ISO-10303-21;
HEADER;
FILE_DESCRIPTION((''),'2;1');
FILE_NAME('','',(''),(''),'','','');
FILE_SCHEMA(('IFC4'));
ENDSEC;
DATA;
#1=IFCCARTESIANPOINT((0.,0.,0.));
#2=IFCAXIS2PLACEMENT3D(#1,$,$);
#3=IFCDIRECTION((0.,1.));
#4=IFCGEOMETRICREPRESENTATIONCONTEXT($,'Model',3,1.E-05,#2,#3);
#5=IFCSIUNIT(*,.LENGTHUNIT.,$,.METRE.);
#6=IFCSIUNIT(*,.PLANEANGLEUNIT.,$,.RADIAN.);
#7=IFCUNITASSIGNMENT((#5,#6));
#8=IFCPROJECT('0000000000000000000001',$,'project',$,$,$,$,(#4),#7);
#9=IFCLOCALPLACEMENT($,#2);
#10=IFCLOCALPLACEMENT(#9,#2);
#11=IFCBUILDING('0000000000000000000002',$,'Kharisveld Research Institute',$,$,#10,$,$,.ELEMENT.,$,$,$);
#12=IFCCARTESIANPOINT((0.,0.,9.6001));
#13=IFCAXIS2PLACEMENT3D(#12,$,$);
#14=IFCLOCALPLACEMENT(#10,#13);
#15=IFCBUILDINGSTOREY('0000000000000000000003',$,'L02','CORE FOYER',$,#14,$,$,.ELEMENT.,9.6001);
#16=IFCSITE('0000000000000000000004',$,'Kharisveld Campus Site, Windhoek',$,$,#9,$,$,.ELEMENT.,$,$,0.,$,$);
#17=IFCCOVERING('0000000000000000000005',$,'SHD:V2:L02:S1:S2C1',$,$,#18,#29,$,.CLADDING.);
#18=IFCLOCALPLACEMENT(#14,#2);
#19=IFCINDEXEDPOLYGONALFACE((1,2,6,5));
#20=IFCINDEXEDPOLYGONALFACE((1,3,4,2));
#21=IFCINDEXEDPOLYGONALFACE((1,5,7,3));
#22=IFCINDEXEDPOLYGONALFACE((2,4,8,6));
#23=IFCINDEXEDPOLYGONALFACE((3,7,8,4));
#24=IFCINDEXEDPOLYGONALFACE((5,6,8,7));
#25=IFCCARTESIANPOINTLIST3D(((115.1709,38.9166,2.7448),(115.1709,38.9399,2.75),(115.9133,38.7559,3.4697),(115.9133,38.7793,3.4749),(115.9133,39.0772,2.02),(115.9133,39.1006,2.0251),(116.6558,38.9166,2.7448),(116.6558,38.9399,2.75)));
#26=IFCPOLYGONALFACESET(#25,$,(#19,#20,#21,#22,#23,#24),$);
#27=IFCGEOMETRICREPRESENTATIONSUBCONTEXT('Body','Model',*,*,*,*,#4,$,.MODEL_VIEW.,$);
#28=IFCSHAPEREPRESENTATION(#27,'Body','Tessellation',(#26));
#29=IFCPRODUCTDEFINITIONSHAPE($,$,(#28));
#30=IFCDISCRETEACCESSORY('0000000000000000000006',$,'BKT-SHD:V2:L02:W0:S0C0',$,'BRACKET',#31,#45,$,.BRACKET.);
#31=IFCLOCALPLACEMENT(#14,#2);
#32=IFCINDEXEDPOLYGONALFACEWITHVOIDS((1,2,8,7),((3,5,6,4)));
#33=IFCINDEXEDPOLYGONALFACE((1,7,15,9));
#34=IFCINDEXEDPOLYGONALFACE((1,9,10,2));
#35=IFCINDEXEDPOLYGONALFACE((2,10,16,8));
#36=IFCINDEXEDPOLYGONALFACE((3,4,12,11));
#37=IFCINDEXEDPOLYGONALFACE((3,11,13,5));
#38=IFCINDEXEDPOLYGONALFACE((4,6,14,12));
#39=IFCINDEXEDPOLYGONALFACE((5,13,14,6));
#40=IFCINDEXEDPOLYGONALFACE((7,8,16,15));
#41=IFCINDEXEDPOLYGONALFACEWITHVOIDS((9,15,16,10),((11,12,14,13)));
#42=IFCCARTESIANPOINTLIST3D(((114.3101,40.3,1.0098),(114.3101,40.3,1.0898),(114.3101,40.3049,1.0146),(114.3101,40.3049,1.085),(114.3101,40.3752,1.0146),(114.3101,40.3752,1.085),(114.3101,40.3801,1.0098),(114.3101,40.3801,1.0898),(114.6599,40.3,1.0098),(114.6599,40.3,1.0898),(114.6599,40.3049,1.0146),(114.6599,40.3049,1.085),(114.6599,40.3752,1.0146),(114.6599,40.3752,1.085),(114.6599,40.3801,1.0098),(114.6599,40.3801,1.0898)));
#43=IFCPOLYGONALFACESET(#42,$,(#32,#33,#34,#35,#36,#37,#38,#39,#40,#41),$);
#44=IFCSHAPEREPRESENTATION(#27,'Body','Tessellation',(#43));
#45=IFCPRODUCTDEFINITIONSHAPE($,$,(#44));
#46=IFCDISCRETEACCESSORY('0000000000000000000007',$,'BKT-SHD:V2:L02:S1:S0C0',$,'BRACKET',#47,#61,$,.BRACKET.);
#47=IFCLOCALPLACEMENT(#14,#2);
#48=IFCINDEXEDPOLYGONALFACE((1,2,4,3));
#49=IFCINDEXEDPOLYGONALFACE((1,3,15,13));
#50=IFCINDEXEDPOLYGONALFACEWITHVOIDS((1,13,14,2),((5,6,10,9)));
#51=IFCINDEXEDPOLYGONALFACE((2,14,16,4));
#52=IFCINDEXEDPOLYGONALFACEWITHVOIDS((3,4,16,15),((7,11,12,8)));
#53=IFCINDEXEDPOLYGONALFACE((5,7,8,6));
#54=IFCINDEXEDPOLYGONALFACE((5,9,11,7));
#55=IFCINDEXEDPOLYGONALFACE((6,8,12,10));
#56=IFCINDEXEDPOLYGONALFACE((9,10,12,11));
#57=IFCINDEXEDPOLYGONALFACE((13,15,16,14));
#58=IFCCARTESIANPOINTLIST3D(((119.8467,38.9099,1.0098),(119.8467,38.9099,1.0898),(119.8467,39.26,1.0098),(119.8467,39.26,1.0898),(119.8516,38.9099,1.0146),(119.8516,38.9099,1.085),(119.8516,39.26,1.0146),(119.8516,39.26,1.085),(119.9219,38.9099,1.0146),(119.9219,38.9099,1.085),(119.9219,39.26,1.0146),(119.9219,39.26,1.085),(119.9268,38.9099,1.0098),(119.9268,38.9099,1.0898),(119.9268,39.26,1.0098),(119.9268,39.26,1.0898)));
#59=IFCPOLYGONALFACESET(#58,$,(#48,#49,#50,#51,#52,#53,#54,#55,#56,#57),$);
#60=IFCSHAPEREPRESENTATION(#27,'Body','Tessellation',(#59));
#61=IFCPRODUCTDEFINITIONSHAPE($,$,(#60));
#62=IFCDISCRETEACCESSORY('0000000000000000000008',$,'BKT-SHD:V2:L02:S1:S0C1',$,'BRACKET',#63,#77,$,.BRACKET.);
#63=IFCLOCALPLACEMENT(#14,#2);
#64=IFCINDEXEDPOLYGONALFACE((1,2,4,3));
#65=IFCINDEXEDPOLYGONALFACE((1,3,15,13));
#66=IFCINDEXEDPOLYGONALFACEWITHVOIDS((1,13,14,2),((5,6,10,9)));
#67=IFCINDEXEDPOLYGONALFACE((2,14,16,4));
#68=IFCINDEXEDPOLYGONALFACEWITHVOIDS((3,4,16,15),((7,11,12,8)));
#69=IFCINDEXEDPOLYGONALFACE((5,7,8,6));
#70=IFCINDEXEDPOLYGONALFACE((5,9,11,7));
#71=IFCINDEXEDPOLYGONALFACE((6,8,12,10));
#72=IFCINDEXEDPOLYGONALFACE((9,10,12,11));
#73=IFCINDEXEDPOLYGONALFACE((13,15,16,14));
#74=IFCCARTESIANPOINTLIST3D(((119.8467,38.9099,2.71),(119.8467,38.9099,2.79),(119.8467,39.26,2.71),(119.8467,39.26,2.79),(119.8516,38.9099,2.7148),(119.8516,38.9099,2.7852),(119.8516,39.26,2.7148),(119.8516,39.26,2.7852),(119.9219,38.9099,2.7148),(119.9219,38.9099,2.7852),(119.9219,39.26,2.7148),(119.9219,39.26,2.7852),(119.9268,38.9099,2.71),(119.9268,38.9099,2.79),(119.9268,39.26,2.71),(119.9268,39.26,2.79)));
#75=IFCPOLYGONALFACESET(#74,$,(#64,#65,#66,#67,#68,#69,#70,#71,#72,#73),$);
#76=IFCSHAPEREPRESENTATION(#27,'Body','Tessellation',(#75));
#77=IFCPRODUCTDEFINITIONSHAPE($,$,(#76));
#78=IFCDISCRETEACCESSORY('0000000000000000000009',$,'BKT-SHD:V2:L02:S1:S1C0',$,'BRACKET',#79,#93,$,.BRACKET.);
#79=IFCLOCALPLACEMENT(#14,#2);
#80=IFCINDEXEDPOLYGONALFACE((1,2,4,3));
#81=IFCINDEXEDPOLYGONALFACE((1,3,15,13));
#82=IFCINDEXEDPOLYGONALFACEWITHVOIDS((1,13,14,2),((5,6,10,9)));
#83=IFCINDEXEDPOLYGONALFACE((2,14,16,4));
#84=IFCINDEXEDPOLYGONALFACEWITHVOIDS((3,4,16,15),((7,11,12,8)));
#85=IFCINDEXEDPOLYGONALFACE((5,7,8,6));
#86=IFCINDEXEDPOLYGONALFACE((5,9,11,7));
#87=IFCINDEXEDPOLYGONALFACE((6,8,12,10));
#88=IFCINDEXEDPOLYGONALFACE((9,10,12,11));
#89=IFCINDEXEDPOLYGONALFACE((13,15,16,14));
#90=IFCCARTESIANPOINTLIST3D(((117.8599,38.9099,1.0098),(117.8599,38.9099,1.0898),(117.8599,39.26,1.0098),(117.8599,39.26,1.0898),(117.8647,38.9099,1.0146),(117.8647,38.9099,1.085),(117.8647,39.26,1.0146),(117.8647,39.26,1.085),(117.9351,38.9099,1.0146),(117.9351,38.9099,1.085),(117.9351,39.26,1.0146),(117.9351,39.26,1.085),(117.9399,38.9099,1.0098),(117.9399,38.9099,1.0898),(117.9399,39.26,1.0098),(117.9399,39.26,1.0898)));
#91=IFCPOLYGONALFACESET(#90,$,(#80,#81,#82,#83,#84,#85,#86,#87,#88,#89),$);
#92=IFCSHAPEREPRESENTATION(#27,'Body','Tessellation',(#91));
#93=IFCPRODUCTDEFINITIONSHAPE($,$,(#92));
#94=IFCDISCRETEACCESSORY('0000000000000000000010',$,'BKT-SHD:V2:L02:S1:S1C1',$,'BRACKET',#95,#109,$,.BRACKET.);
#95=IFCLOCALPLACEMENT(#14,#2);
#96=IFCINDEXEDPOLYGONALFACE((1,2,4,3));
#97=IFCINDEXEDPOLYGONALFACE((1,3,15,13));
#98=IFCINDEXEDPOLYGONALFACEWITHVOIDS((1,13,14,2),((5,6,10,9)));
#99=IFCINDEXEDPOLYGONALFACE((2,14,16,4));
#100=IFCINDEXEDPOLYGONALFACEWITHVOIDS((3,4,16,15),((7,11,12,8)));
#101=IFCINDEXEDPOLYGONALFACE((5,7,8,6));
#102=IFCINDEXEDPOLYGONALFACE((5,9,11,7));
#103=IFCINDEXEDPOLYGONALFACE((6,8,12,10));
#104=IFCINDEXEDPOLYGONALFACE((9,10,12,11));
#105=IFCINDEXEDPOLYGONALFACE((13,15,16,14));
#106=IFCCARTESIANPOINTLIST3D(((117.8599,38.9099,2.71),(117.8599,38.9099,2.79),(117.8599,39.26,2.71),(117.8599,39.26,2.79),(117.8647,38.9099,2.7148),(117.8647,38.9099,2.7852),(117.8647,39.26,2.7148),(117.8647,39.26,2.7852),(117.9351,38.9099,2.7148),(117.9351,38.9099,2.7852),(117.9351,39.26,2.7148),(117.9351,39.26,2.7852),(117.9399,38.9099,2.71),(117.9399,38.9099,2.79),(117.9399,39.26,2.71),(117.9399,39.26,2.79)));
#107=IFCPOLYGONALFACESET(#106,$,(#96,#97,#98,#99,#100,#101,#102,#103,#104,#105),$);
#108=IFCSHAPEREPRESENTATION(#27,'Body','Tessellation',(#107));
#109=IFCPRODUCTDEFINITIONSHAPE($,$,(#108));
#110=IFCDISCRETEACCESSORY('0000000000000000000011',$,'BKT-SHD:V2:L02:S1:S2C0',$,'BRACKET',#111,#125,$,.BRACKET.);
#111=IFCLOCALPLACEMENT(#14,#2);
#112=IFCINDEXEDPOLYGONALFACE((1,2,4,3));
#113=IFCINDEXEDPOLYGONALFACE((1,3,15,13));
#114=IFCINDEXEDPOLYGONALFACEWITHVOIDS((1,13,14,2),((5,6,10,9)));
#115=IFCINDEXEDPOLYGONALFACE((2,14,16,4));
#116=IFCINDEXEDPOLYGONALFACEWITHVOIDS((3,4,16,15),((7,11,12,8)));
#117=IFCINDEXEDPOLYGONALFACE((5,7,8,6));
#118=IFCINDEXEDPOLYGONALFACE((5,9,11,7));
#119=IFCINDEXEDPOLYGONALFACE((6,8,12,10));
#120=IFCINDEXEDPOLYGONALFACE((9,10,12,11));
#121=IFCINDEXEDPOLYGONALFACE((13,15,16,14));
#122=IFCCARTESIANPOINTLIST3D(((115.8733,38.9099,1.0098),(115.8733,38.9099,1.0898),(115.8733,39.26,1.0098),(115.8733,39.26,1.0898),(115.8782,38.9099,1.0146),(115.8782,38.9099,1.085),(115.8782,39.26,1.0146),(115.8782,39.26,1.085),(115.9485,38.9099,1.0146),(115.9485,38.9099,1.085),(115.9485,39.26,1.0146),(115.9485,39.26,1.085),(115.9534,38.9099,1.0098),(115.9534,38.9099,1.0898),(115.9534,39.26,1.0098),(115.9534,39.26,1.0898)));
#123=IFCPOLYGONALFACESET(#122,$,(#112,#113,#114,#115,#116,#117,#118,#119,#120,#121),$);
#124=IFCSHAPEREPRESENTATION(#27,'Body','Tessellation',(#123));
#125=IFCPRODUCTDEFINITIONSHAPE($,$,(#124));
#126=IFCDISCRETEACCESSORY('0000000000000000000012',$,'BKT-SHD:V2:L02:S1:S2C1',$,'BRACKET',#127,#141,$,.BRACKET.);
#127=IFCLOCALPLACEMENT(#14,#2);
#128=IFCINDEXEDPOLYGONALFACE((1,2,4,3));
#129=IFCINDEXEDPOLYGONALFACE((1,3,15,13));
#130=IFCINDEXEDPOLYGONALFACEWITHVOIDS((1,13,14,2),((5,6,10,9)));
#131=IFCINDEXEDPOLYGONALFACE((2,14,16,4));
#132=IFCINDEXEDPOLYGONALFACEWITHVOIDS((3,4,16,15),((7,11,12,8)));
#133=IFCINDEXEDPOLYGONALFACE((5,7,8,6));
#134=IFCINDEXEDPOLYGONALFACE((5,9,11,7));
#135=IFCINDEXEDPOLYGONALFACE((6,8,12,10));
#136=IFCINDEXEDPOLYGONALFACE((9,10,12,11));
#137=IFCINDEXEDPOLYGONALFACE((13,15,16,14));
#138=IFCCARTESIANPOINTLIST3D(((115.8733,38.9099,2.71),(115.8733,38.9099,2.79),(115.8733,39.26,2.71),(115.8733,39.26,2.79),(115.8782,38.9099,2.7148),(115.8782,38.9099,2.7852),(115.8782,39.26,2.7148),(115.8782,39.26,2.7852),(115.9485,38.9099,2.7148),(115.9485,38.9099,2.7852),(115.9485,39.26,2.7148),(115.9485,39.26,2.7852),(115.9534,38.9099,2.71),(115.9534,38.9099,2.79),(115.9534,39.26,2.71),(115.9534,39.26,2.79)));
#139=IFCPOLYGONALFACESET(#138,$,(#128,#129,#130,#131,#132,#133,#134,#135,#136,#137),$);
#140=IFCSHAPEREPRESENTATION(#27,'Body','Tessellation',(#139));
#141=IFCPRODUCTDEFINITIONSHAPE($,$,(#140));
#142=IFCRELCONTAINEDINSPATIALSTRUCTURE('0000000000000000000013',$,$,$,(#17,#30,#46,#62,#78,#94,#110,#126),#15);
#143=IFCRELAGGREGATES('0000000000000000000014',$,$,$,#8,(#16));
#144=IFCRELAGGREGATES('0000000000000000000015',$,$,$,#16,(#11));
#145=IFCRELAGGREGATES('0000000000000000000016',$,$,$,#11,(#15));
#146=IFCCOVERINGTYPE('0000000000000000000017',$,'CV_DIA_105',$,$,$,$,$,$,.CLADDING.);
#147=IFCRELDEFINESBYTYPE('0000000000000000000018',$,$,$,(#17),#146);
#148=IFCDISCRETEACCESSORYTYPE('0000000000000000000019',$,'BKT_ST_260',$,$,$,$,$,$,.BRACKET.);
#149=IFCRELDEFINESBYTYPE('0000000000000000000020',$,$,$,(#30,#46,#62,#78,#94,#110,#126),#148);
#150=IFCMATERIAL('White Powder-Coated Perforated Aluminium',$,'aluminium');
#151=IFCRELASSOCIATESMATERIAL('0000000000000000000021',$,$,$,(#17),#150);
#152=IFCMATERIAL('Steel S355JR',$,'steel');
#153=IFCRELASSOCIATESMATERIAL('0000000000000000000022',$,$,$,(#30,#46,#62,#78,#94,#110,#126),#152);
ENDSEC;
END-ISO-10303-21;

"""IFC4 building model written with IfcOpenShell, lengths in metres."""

from ifc_helpers import new_model, si_unit, direction, frame, origin, origin_2d, place, context, subcontext, project, spatial, polyline, hollow_rectangle, outline, extrude, material, type_object, element, save


model = new_model("IFC4")

# Units and contexts
model_context = context("Model", 3, precision=1e-05, world=origin(), true_north=direction((0.0, 1.0)))
body_context = subcontext(model_context, "Body", "Model", "MODEL_VIEW")
ifc_project = project(units=[si_unit("LENGTHUNIT", "METRE"), si_unit("PLANEANGLEUNIT", "RADIAN")], contexts=[model_context])

# Site, building, storey
site_placement = place(None, origin())
site = spatial("IfcSite", under=ifc_project, at=site_placement, Name="Kharisveld Campus Site, Windhoek", CompositionType="ELEMENT", RefElevation=0.0)
building_placement = place(site_placement, origin())
building = spatial("IfcBuilding", under=site, at=building_placement, Name="Kharisveld Research Institute", CompositionType="ELEMENT")
storey_placement = place(building_placement, frame((0.0, 0.0, 9.6001)))
storey = spatial("IfcBuildingStorey", under=building, at=storey_placement, Name="L02", Description="CORE FOYER", CompositionType="ELEMENT", Elevation=9.6001)

# Covering
ifc_material_1 = material(Name="White Powder-Coated Perforated Aluminium", Category="aluminium")
covering_type = type_object("IfcCoveringType", Name="CV_DIA_105", PredefinedType="CLADDING")
for number, where, z_axis, x_axis, name in (
    (1, (115.9133, 39.1006, 2.0251), (0.0, 0.976311, 0.216373), (-0.707102, -0.153, 0.69036), "SHD:V2:L02:S1:S2C1"),
):
    element("IfcCovering", number, at=place(storey_placement, frame(where, z_axis=z_axis, x_axis=x_axis)), inside=storey, type_object=covering_type, material=ifc_material_1, Name=name, PredefinedType="CLADDING", context=body_context, shape_type="SweptSolid", body=[
        extrude(outline(polyline([(0.0, 0.0), (1.05, 0.0), (1.05, 1.05), (0.0, 1.05), (0.0, 0.0)])), origin(), (0.0, 0.0, -1.0), 0.0239),
    ])

# Discrete accessories
ifc_material_2 = material(Name="Steel S355JR", Category="steel")
discrete_accessory_type = type_object("IfcDiscreteAccessoryType", Name="BKT_ST_260", PredefinedType="BRACKET")
discrete_accessory_placement = place(storey_placement, frame((114.6599, 40.3401, 1.0498), z_axis=(-1.0, 0.0, 0.0), x_axis=(0.0, -1.0, 0.0)))
element("IfcDiscreteAccessory", 2, at=discrete_accessory_placement, inside=storey, type_object=discrete_accessory_type, material=ifc_material_2, Name="BKT-SHD:V2:L02:W0:S0C0", ObjectType="BRACKET", PredefinedType="BRACKET", context=body_context, shape_type="SweptSolid", body=[
    extrude(hollow_rectangle(XDim=0.0801, YDim=0.0801, WallThickness=0.0049, at=origin_2d()), origin(), (0.0, 0.0, 1.0), 0.3499),
])
for number, where, z_axis, x_axis, name in (
    (3, (119.8867, 39.26, 1.0498), (0.0, -1.0, 0.0), (1.0, 0.0, 0.0), "BKT-SHD:V2:L02:S1:S0C0"),
    (4, (119.8867, 39.26, 2.75), (0.0, -1.0, 0.0), (1.0, 0.0, 0.0), "BKT-SHD:V2:L02:S1:S0C1"),
    (5, (117.8999, 39.26, 1.0498), (0.0, -1.0, 0.0), (1.0, 0.0, 0.0), "BKT-SHD:V2:L02:S1:S1C0"),
    (6, (117.8999, 39.26, 2.75), (0.0, -1.0, 0.0), (1.0, 0.0, 0.0), "BKT-SHD:V2:L02:S1:S1C1"),
    (7, (115.9133, 39.26, 1.0498), (0.0, -1.0, 0.0), (1.0, 0.0, 0.0), "BKT-SHD:V2:L02:S1:S2C0"),
    (8, (115.9133, 39.26, 2.75), (0.0, -1.0, 0.0), (1.0, 0.0, 0.0), "BKT-SHD:V2:L02:S1:S2C1"),
):
    element("IfcDiscreteAccessory", number, at=place(storey_placement, frame(where, z_axis=z_axis, x_axis=x_axis)), inside=storey, type_object=discrete_accessory_type, material=ifc_material_2, Name=name, ObjectType="BRACKET", PredefinedType="BRACKET", context=body_context, shape_type="SweptSolid", body=[
        extrude(hollow_rectangle(XDim=0.0801, YDim=0.0801, WallThickness=0.0049, at=origin_2d()), origin(), (0.0, 0.0, 1.0), 0.3501),
    ])

save(model, "model.ifc")
